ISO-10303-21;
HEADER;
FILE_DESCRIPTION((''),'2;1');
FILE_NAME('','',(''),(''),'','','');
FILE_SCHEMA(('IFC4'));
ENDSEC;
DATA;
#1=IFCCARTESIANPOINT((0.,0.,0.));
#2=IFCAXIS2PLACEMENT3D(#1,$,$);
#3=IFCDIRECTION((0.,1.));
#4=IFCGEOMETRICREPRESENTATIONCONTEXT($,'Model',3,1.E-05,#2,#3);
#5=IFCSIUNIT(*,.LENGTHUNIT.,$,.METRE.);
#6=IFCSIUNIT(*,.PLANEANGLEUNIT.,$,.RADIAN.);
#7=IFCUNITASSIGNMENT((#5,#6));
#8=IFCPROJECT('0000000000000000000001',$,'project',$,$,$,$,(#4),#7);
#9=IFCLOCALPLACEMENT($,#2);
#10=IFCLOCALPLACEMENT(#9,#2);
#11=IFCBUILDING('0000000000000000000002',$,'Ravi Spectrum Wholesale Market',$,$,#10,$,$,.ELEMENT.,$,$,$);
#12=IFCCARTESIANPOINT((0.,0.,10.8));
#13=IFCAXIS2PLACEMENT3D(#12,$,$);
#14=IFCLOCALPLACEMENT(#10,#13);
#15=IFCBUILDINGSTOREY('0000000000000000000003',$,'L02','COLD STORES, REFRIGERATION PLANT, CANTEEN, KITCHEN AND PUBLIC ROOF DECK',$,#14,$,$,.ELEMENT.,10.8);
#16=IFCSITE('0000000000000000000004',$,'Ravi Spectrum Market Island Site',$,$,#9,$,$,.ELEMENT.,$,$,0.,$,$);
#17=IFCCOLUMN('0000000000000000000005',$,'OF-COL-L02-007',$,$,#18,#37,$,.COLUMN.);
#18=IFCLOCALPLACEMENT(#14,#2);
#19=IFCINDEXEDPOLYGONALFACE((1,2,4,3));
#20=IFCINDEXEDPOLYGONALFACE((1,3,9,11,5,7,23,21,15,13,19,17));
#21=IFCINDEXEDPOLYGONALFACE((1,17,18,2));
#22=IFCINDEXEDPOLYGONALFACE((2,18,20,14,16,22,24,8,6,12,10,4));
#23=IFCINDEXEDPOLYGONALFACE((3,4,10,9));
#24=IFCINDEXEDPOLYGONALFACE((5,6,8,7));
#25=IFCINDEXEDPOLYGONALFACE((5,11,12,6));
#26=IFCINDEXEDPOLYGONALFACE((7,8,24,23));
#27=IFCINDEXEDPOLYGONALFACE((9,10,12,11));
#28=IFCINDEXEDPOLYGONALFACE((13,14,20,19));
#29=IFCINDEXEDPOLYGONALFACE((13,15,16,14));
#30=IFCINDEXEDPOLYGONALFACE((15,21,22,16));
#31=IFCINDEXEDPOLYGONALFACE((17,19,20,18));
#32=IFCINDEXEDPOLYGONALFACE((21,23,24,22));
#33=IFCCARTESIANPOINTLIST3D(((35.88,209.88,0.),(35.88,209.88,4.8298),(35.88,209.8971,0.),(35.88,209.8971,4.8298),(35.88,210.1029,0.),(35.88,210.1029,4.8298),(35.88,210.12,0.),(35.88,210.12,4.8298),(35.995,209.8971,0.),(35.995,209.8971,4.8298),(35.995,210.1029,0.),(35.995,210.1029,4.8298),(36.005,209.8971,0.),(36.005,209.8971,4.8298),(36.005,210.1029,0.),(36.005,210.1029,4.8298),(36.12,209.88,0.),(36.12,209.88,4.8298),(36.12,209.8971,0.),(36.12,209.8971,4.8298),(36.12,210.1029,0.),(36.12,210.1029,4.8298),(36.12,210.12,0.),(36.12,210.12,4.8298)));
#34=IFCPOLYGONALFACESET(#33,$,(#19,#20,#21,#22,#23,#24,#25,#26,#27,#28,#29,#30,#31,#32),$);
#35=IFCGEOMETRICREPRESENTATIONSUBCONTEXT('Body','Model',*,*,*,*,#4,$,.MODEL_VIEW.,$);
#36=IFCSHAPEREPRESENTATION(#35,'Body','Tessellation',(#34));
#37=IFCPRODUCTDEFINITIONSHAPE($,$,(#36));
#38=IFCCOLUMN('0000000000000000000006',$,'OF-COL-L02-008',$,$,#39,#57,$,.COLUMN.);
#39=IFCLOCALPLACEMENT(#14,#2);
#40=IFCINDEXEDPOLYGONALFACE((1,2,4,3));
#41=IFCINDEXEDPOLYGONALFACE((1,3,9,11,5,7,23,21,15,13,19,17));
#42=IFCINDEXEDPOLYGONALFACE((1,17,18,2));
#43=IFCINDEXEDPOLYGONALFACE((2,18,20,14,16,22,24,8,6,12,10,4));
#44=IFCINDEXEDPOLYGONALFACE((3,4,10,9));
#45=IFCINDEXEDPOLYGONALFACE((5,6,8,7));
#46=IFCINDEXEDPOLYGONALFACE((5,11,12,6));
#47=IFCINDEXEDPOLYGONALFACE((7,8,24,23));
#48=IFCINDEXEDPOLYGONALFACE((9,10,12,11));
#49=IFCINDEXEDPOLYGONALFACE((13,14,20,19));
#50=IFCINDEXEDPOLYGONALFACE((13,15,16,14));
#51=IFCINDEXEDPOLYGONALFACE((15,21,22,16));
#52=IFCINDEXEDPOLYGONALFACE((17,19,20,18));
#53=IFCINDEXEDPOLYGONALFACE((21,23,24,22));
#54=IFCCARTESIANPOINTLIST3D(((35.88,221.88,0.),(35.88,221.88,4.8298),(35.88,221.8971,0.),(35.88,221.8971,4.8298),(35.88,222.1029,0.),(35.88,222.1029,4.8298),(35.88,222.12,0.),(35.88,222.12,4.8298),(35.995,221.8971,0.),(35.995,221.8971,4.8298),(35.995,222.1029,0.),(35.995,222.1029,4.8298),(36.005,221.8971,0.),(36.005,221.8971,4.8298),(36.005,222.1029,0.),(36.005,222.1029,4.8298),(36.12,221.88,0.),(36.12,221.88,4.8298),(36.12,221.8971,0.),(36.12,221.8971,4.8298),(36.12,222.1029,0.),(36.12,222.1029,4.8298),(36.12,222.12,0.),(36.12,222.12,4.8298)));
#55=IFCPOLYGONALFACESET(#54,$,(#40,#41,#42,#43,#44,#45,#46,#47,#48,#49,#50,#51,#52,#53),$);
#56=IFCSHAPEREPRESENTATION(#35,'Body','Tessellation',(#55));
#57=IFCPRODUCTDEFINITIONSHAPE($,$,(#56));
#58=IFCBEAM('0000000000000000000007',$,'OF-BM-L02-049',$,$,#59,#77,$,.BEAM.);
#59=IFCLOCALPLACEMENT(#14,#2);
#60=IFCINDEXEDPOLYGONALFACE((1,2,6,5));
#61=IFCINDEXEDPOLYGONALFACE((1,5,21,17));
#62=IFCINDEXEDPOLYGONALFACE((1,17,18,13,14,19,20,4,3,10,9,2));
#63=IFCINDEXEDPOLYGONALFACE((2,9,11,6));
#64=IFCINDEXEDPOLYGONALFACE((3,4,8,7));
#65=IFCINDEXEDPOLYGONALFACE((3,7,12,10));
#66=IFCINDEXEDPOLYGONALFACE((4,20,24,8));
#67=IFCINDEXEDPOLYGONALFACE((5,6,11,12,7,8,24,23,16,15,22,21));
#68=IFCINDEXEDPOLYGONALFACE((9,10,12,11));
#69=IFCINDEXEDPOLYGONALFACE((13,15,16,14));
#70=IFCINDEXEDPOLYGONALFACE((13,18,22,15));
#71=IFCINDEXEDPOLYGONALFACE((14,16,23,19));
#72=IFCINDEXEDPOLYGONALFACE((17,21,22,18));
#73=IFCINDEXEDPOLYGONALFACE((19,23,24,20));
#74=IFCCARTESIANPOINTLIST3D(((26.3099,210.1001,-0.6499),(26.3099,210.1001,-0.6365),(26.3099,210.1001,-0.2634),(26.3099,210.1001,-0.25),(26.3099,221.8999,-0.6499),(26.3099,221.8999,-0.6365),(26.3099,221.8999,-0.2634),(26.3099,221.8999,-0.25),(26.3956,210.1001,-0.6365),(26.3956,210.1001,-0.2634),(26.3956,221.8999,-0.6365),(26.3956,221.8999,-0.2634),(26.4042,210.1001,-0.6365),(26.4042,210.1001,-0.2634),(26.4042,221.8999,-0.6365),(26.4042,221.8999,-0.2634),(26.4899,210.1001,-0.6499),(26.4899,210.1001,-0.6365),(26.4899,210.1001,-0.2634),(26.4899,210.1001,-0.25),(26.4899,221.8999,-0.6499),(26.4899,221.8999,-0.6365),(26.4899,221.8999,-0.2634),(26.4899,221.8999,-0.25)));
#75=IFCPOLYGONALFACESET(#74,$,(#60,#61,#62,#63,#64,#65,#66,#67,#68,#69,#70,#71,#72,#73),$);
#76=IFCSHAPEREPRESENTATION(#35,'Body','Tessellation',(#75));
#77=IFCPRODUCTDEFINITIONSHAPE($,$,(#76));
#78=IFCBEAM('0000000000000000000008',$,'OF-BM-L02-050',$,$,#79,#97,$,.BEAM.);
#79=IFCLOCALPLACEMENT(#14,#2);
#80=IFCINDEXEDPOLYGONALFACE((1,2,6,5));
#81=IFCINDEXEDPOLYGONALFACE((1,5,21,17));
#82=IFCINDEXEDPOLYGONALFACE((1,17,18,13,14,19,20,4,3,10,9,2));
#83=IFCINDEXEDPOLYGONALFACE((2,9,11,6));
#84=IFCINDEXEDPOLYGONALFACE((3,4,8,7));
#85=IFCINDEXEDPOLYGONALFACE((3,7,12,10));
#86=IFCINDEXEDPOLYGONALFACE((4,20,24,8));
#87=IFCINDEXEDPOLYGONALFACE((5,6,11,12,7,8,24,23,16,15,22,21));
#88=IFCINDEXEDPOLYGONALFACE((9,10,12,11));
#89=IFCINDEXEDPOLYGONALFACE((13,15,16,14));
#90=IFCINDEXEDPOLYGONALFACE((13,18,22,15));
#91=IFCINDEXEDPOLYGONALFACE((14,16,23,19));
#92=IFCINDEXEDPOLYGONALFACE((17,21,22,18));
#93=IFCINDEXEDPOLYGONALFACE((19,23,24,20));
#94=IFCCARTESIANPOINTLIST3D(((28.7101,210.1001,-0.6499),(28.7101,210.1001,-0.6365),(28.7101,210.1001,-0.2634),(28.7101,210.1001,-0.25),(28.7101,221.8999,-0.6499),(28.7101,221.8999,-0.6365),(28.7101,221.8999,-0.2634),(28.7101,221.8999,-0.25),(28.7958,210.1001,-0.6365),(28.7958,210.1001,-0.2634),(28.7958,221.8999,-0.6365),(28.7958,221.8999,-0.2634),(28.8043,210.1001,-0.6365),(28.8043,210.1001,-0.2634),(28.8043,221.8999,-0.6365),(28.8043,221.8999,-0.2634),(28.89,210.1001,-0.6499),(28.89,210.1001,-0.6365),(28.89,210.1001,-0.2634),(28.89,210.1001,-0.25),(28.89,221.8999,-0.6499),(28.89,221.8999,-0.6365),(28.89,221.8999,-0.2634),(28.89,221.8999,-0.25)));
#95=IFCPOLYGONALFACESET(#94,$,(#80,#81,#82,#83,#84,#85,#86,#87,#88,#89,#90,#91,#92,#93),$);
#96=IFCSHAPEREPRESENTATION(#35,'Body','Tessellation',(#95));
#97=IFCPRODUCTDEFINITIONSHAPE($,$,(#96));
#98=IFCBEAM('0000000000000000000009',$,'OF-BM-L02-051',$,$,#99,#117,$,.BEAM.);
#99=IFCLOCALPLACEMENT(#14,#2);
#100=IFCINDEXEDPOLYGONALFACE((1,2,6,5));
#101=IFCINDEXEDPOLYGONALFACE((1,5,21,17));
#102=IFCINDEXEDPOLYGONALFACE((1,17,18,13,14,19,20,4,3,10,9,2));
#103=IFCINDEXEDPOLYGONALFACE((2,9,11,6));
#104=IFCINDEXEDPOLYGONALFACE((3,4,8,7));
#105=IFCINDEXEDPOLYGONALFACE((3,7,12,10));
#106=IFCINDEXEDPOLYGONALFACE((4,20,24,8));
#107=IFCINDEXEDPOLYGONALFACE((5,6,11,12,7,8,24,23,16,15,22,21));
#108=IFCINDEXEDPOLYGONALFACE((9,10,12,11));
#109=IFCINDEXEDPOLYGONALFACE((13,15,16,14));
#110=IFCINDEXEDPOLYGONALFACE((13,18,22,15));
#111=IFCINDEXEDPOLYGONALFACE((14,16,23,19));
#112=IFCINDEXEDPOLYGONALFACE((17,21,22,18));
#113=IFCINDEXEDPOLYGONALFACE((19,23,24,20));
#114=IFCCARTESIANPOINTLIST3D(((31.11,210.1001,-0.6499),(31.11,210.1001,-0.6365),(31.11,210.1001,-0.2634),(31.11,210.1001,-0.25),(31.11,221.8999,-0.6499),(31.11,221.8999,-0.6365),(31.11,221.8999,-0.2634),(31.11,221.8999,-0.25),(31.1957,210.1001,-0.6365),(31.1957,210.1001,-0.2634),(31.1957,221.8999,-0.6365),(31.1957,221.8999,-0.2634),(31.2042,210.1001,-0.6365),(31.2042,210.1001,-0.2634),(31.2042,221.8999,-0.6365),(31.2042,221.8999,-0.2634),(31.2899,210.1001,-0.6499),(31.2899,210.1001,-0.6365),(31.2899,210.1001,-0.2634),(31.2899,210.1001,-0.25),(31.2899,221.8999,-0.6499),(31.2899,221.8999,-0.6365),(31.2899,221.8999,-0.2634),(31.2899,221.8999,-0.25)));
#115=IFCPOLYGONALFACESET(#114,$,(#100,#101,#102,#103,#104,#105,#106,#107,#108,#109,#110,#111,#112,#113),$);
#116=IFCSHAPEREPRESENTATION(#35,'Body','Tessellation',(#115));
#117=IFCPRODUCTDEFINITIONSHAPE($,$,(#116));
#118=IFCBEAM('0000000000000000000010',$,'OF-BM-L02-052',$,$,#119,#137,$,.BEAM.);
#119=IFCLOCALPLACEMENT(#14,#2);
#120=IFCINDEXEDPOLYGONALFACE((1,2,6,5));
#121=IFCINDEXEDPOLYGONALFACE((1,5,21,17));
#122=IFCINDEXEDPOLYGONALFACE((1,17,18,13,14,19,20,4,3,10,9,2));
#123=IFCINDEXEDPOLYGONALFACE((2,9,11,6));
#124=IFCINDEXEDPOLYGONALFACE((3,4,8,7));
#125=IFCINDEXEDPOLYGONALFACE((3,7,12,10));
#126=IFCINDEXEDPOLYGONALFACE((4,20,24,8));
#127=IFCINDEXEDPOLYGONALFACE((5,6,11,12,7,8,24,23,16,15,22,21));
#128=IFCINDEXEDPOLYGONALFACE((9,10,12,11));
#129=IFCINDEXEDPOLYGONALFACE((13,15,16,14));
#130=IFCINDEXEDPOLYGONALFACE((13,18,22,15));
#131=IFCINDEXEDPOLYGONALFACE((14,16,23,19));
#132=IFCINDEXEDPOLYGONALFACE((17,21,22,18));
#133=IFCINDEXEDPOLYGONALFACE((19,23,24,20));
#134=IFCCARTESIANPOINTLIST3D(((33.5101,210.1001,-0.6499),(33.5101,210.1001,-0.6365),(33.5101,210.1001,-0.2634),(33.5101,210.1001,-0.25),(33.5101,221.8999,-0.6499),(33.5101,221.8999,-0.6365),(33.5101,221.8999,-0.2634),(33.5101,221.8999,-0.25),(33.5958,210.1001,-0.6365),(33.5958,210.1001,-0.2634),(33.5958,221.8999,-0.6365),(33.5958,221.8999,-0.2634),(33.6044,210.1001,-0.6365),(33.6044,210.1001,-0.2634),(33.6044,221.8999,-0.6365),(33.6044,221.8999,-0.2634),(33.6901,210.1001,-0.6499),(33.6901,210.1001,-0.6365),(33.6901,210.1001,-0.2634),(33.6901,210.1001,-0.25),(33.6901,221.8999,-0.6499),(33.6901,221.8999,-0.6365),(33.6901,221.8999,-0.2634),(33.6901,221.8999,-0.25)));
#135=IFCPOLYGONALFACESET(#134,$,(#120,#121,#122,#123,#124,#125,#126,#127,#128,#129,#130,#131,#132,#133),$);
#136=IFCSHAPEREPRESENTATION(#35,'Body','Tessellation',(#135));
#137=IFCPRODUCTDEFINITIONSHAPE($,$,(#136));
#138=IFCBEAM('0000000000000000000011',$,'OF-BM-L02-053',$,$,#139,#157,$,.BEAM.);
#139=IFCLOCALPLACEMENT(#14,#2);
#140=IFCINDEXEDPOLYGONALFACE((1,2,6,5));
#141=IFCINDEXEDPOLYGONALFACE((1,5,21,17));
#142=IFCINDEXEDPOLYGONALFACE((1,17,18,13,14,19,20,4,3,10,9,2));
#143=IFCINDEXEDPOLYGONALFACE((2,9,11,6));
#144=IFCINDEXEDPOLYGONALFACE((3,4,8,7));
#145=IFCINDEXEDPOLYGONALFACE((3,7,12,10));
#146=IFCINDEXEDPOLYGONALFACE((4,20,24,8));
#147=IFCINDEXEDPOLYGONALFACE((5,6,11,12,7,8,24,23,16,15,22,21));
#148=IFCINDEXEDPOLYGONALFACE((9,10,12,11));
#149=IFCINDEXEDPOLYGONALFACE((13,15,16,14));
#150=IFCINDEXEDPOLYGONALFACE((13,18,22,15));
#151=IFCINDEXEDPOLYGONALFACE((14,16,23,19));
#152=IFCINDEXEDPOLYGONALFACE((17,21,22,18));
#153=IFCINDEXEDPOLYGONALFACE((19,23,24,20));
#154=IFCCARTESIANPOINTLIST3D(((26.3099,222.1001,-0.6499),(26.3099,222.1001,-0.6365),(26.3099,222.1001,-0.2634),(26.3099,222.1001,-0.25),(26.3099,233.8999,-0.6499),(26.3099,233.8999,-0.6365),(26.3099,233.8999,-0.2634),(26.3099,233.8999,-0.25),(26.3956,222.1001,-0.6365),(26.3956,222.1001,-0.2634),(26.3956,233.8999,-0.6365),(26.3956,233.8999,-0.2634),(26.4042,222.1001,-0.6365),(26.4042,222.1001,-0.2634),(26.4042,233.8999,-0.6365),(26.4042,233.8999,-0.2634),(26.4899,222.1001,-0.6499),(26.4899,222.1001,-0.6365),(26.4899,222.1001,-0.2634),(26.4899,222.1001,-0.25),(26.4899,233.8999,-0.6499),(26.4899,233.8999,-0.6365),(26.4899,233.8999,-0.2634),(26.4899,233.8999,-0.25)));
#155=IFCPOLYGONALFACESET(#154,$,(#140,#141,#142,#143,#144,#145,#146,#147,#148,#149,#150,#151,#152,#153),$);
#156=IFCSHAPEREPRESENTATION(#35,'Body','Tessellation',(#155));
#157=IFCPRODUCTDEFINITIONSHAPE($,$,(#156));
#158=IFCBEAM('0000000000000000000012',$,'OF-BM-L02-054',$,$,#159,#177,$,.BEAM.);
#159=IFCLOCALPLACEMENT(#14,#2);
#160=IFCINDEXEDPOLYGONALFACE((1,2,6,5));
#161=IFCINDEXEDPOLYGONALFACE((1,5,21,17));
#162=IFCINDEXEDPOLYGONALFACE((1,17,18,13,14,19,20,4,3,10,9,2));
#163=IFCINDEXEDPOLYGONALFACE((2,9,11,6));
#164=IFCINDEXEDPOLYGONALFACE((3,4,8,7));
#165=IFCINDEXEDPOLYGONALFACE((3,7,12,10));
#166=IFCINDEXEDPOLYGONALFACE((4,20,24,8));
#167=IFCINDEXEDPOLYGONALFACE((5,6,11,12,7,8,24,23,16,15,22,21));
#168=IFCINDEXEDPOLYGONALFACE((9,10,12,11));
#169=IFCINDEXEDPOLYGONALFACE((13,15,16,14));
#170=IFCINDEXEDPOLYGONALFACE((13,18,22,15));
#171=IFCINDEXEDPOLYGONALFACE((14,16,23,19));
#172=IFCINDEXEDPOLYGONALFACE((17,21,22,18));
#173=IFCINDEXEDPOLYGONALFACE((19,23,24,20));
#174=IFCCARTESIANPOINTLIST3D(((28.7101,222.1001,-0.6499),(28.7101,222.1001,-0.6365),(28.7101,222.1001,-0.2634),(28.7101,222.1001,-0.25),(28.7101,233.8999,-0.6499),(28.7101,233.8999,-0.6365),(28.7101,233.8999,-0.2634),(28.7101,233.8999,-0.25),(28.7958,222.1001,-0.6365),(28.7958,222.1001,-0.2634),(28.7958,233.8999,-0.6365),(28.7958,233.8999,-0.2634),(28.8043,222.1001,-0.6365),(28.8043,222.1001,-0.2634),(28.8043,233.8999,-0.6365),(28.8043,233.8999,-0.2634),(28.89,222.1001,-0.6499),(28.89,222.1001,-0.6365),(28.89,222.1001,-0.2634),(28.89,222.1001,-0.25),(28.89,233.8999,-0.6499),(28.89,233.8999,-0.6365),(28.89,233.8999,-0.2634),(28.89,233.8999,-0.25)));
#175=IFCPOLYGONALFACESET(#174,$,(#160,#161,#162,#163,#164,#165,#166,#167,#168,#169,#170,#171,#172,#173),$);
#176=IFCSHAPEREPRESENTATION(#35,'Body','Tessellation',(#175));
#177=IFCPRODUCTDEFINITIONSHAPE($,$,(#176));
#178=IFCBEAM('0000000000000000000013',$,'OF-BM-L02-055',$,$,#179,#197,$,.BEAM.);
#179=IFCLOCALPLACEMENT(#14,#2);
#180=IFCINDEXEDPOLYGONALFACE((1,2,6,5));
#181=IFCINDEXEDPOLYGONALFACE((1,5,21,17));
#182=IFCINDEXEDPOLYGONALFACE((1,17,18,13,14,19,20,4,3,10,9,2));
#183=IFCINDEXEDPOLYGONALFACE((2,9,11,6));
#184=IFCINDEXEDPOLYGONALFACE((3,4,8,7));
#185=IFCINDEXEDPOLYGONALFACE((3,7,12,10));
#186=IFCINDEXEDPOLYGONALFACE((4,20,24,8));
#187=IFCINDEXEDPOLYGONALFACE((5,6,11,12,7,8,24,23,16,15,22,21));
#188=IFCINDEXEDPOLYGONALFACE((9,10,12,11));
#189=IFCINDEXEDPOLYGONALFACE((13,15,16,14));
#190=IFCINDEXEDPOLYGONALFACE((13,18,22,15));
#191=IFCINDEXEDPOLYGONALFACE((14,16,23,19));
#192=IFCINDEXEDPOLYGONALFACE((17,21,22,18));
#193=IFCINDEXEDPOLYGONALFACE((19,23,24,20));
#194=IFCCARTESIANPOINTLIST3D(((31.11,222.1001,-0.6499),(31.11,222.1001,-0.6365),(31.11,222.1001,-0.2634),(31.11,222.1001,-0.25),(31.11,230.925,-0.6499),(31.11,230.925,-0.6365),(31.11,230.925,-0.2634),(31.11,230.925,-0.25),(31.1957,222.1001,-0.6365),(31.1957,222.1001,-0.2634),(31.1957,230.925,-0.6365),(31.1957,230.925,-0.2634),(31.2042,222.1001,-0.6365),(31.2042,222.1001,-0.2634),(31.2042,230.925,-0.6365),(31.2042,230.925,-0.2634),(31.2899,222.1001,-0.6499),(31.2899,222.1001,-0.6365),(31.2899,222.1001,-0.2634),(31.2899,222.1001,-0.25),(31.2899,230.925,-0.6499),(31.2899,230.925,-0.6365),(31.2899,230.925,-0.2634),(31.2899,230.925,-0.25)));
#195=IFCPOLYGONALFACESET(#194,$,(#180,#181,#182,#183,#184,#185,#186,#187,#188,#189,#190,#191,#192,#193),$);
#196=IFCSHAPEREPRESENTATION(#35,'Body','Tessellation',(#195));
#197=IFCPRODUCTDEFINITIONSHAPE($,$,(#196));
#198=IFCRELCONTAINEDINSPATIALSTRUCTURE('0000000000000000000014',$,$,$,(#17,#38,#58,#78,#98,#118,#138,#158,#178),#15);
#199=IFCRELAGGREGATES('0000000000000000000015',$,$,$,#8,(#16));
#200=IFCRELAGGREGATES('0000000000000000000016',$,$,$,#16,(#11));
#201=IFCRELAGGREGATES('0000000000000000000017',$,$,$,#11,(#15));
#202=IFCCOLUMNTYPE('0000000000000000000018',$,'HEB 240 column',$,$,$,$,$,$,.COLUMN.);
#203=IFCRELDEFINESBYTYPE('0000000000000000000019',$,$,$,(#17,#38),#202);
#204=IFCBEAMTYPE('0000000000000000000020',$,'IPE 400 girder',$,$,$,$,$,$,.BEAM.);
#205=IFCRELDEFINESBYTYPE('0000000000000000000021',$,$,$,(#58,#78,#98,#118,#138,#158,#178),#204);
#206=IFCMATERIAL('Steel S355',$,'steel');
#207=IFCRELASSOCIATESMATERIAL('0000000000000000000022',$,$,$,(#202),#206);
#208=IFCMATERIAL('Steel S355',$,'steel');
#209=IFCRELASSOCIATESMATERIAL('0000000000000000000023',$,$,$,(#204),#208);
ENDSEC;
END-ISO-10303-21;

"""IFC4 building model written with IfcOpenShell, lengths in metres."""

from ifc_helpers import new_model, si_unit, direction, frame, origin, origin_2d, place, context, subcontext, project, spatial, i_section, extrude, material, material_profile, profile_set, type_object, element, save


model = new_model("IFC4")

# Units and contexts
model_context = context("Model", 3, precision=1e-05, world=origin(), true_north=direction((0.0, 1.0)))
body_context = subcontext(model_context, "Body", "Model", "MODEL_VIEW")
ifc_project = project(units=[si_unit("LENGTHUNIT", "METRE"), si_unit("PLANEANGLEUNIT", "RADIAN")], contexts=[model_context])

# Site, building, storey
site_placement = place(None, origin())
site = spatial("IfcSite", under=ifc_project, at=site_placement, Name="Ravi Spectrum Market Island Site", CompositionType="ELEMENT", RefElevation=0.0)
building_placement = place(site_placement, origin())
building = spatial("IfcBuilding", under=site, at=building_placement, Name="Ravi Spectrum Wholesale Market", CompositionType="ELEMENT")
storey_placement = place(building_placement, frame((0.0, 0.0, 10.8)))
storey = spatial("IfcBuildingStorey", under=building, at=storey_placement, Name="L02", Description="COLD STORES, REFRIGERATION PLANT, CANTEEN, KITCHEN AND PUBLIC ROOF DECK", CompositionType="ELEMENT", Elevation=10.8)

# Columns
ifc_material_1 = material(Name="Steel S355", Category="steel")
ifc_material_profile_1 = material_profile(ifc_material_1, i_section(OverallWidth=0.24, OverallDepth=0.24, WebThickness=0.01, FlangeThickness=0.0171, at=origin_2d()))
ifc_profile_set_1 = profile_set([ifc_material_profile_1], Name="Steel S355")
column_type = type_object("IfcColumnType", Name="HEB 240 column", PredefinedType="COLUMN", material=ifc_profile_set_1)
for number, where, z_axis, x_axis, name in (
    (1, (36.0, 210.0, 0.0), (0.0, 0.0, 1.0), (1.0, 0.0, 0.0), "OF-COL-L02-007"),
    (2, (36.0, 222.0, 0.0), (0.0, 0.0, 1.0), (1.0, 0.0, 0.0), "OF-COL-L02-008"),
):
    element("IfcColumn", number, at=place(storey_placement, frame(where, z_axis=z_axis, x_axis=x_axis)), inside=storey, type_object=column_type, Name=name, PredefinedType="COLUMN", context=body_context, shape_type="SweptSolid", body=[
        extrude(i_section(OverallWidth=0.24, OverallDepth=0.24, WebThickness=0.01, FlangeThickness=0.0171, at=origin_2d()), origin(), (0.0, 0.0, 1.0), 4.8298),
    ])

# Beams
ifc_material_2 = material(Name="Steel S355", Category="steel")
ifc_material_profile_2 = material_profile(ifc_material_2, i_section(OverallWidth=0.1799, OverallDepth=0.3999, WebThickness=0.0085, FlangeThickness=0.0134, at=origin_2d()))
ifc_profile_set_2 = profile_set([ifc_material_profile_2], Name="Steel S355")
beam_type_1 = type_object("IfcBeamType", Name="IPE 400 girder", PredefinedType="BEAM", material=ifc_profile_set_2)
for number, where, z_axis, x_axis, name in (
    (3, (26.3999, 210.1001, -0.45), (0.0, 1.0, 0.0), (-1.0, 0.0, 0.0), "OF-BM-L02-049"),
    (4, (28.8, 210.1001, -0.45), (0.0, 1.0, 0.0), (-1.0, 0.0, 0.0), "OF-BM-L02-050"),
    (5, (31.2, 210.1001, -0.45), (0.0, 1.0, 0.0), (-1.0, 0.0, 0.0), "OF-BM-L02-051"),
    (6, (33.6001, 210.1001, -0.45), (0.0, 1.0, 0.0), (-1.0, 0.0, 0.0), "OF-BM-L02-052"),
    (7, (26.3999, 222.1001, -0.45), (0.0, 1.0, 0.0), (-1.0, 0.0, 0.0), "OF-BM-L02-053"),
    (8, (28.8, 222.1001, -0.45), (0.0, 1.0, 0.0), (-1.0, 0.0, 0.0), "OF-BM-L02-054"),
):
    element("IfcBeam", number, at=place(storey_placement, frame(where, z_axis=z_axis, x_axis=x_axis)), inside=storey, type_object=beam_type_1, Name=name, PredefinedType="BEAM", context=body_context, shape_type="SweptSolid", body=[
        extrude(i_section(OverallWidth=0.1799, OverallDepth=0.3999, WebThickness=0.0085, FlangeThickness=0.0134, at=origin_2d()), origin(), (0.0, 0.0, 1.0), 11.7998),
    ])
beam_placement = place(storey_placement, frame((31.2, 222.1001, -0.45), z_axis=(0.0, 1.0, 0.0), x_axis=(-1.0, 0.0, 0.0)))
element("IfcBeam", 9, at=beam_placement, inside=storey, type_object=beam_type_1, Name="OF-BM-L02-055", PredefinedType="BEAM", context=body_context, shape_type="SweptSolid", body=[
    extrude(i_section(OverallWidth=0.1799, OverallDepth=0.3999, WebThickness=0.0085, FlangeThickness=0.0134, at=origin_2d()), origin(), (0.0, 0.0, 1.0), 8.825),
])

save(model, "model.ifc")
